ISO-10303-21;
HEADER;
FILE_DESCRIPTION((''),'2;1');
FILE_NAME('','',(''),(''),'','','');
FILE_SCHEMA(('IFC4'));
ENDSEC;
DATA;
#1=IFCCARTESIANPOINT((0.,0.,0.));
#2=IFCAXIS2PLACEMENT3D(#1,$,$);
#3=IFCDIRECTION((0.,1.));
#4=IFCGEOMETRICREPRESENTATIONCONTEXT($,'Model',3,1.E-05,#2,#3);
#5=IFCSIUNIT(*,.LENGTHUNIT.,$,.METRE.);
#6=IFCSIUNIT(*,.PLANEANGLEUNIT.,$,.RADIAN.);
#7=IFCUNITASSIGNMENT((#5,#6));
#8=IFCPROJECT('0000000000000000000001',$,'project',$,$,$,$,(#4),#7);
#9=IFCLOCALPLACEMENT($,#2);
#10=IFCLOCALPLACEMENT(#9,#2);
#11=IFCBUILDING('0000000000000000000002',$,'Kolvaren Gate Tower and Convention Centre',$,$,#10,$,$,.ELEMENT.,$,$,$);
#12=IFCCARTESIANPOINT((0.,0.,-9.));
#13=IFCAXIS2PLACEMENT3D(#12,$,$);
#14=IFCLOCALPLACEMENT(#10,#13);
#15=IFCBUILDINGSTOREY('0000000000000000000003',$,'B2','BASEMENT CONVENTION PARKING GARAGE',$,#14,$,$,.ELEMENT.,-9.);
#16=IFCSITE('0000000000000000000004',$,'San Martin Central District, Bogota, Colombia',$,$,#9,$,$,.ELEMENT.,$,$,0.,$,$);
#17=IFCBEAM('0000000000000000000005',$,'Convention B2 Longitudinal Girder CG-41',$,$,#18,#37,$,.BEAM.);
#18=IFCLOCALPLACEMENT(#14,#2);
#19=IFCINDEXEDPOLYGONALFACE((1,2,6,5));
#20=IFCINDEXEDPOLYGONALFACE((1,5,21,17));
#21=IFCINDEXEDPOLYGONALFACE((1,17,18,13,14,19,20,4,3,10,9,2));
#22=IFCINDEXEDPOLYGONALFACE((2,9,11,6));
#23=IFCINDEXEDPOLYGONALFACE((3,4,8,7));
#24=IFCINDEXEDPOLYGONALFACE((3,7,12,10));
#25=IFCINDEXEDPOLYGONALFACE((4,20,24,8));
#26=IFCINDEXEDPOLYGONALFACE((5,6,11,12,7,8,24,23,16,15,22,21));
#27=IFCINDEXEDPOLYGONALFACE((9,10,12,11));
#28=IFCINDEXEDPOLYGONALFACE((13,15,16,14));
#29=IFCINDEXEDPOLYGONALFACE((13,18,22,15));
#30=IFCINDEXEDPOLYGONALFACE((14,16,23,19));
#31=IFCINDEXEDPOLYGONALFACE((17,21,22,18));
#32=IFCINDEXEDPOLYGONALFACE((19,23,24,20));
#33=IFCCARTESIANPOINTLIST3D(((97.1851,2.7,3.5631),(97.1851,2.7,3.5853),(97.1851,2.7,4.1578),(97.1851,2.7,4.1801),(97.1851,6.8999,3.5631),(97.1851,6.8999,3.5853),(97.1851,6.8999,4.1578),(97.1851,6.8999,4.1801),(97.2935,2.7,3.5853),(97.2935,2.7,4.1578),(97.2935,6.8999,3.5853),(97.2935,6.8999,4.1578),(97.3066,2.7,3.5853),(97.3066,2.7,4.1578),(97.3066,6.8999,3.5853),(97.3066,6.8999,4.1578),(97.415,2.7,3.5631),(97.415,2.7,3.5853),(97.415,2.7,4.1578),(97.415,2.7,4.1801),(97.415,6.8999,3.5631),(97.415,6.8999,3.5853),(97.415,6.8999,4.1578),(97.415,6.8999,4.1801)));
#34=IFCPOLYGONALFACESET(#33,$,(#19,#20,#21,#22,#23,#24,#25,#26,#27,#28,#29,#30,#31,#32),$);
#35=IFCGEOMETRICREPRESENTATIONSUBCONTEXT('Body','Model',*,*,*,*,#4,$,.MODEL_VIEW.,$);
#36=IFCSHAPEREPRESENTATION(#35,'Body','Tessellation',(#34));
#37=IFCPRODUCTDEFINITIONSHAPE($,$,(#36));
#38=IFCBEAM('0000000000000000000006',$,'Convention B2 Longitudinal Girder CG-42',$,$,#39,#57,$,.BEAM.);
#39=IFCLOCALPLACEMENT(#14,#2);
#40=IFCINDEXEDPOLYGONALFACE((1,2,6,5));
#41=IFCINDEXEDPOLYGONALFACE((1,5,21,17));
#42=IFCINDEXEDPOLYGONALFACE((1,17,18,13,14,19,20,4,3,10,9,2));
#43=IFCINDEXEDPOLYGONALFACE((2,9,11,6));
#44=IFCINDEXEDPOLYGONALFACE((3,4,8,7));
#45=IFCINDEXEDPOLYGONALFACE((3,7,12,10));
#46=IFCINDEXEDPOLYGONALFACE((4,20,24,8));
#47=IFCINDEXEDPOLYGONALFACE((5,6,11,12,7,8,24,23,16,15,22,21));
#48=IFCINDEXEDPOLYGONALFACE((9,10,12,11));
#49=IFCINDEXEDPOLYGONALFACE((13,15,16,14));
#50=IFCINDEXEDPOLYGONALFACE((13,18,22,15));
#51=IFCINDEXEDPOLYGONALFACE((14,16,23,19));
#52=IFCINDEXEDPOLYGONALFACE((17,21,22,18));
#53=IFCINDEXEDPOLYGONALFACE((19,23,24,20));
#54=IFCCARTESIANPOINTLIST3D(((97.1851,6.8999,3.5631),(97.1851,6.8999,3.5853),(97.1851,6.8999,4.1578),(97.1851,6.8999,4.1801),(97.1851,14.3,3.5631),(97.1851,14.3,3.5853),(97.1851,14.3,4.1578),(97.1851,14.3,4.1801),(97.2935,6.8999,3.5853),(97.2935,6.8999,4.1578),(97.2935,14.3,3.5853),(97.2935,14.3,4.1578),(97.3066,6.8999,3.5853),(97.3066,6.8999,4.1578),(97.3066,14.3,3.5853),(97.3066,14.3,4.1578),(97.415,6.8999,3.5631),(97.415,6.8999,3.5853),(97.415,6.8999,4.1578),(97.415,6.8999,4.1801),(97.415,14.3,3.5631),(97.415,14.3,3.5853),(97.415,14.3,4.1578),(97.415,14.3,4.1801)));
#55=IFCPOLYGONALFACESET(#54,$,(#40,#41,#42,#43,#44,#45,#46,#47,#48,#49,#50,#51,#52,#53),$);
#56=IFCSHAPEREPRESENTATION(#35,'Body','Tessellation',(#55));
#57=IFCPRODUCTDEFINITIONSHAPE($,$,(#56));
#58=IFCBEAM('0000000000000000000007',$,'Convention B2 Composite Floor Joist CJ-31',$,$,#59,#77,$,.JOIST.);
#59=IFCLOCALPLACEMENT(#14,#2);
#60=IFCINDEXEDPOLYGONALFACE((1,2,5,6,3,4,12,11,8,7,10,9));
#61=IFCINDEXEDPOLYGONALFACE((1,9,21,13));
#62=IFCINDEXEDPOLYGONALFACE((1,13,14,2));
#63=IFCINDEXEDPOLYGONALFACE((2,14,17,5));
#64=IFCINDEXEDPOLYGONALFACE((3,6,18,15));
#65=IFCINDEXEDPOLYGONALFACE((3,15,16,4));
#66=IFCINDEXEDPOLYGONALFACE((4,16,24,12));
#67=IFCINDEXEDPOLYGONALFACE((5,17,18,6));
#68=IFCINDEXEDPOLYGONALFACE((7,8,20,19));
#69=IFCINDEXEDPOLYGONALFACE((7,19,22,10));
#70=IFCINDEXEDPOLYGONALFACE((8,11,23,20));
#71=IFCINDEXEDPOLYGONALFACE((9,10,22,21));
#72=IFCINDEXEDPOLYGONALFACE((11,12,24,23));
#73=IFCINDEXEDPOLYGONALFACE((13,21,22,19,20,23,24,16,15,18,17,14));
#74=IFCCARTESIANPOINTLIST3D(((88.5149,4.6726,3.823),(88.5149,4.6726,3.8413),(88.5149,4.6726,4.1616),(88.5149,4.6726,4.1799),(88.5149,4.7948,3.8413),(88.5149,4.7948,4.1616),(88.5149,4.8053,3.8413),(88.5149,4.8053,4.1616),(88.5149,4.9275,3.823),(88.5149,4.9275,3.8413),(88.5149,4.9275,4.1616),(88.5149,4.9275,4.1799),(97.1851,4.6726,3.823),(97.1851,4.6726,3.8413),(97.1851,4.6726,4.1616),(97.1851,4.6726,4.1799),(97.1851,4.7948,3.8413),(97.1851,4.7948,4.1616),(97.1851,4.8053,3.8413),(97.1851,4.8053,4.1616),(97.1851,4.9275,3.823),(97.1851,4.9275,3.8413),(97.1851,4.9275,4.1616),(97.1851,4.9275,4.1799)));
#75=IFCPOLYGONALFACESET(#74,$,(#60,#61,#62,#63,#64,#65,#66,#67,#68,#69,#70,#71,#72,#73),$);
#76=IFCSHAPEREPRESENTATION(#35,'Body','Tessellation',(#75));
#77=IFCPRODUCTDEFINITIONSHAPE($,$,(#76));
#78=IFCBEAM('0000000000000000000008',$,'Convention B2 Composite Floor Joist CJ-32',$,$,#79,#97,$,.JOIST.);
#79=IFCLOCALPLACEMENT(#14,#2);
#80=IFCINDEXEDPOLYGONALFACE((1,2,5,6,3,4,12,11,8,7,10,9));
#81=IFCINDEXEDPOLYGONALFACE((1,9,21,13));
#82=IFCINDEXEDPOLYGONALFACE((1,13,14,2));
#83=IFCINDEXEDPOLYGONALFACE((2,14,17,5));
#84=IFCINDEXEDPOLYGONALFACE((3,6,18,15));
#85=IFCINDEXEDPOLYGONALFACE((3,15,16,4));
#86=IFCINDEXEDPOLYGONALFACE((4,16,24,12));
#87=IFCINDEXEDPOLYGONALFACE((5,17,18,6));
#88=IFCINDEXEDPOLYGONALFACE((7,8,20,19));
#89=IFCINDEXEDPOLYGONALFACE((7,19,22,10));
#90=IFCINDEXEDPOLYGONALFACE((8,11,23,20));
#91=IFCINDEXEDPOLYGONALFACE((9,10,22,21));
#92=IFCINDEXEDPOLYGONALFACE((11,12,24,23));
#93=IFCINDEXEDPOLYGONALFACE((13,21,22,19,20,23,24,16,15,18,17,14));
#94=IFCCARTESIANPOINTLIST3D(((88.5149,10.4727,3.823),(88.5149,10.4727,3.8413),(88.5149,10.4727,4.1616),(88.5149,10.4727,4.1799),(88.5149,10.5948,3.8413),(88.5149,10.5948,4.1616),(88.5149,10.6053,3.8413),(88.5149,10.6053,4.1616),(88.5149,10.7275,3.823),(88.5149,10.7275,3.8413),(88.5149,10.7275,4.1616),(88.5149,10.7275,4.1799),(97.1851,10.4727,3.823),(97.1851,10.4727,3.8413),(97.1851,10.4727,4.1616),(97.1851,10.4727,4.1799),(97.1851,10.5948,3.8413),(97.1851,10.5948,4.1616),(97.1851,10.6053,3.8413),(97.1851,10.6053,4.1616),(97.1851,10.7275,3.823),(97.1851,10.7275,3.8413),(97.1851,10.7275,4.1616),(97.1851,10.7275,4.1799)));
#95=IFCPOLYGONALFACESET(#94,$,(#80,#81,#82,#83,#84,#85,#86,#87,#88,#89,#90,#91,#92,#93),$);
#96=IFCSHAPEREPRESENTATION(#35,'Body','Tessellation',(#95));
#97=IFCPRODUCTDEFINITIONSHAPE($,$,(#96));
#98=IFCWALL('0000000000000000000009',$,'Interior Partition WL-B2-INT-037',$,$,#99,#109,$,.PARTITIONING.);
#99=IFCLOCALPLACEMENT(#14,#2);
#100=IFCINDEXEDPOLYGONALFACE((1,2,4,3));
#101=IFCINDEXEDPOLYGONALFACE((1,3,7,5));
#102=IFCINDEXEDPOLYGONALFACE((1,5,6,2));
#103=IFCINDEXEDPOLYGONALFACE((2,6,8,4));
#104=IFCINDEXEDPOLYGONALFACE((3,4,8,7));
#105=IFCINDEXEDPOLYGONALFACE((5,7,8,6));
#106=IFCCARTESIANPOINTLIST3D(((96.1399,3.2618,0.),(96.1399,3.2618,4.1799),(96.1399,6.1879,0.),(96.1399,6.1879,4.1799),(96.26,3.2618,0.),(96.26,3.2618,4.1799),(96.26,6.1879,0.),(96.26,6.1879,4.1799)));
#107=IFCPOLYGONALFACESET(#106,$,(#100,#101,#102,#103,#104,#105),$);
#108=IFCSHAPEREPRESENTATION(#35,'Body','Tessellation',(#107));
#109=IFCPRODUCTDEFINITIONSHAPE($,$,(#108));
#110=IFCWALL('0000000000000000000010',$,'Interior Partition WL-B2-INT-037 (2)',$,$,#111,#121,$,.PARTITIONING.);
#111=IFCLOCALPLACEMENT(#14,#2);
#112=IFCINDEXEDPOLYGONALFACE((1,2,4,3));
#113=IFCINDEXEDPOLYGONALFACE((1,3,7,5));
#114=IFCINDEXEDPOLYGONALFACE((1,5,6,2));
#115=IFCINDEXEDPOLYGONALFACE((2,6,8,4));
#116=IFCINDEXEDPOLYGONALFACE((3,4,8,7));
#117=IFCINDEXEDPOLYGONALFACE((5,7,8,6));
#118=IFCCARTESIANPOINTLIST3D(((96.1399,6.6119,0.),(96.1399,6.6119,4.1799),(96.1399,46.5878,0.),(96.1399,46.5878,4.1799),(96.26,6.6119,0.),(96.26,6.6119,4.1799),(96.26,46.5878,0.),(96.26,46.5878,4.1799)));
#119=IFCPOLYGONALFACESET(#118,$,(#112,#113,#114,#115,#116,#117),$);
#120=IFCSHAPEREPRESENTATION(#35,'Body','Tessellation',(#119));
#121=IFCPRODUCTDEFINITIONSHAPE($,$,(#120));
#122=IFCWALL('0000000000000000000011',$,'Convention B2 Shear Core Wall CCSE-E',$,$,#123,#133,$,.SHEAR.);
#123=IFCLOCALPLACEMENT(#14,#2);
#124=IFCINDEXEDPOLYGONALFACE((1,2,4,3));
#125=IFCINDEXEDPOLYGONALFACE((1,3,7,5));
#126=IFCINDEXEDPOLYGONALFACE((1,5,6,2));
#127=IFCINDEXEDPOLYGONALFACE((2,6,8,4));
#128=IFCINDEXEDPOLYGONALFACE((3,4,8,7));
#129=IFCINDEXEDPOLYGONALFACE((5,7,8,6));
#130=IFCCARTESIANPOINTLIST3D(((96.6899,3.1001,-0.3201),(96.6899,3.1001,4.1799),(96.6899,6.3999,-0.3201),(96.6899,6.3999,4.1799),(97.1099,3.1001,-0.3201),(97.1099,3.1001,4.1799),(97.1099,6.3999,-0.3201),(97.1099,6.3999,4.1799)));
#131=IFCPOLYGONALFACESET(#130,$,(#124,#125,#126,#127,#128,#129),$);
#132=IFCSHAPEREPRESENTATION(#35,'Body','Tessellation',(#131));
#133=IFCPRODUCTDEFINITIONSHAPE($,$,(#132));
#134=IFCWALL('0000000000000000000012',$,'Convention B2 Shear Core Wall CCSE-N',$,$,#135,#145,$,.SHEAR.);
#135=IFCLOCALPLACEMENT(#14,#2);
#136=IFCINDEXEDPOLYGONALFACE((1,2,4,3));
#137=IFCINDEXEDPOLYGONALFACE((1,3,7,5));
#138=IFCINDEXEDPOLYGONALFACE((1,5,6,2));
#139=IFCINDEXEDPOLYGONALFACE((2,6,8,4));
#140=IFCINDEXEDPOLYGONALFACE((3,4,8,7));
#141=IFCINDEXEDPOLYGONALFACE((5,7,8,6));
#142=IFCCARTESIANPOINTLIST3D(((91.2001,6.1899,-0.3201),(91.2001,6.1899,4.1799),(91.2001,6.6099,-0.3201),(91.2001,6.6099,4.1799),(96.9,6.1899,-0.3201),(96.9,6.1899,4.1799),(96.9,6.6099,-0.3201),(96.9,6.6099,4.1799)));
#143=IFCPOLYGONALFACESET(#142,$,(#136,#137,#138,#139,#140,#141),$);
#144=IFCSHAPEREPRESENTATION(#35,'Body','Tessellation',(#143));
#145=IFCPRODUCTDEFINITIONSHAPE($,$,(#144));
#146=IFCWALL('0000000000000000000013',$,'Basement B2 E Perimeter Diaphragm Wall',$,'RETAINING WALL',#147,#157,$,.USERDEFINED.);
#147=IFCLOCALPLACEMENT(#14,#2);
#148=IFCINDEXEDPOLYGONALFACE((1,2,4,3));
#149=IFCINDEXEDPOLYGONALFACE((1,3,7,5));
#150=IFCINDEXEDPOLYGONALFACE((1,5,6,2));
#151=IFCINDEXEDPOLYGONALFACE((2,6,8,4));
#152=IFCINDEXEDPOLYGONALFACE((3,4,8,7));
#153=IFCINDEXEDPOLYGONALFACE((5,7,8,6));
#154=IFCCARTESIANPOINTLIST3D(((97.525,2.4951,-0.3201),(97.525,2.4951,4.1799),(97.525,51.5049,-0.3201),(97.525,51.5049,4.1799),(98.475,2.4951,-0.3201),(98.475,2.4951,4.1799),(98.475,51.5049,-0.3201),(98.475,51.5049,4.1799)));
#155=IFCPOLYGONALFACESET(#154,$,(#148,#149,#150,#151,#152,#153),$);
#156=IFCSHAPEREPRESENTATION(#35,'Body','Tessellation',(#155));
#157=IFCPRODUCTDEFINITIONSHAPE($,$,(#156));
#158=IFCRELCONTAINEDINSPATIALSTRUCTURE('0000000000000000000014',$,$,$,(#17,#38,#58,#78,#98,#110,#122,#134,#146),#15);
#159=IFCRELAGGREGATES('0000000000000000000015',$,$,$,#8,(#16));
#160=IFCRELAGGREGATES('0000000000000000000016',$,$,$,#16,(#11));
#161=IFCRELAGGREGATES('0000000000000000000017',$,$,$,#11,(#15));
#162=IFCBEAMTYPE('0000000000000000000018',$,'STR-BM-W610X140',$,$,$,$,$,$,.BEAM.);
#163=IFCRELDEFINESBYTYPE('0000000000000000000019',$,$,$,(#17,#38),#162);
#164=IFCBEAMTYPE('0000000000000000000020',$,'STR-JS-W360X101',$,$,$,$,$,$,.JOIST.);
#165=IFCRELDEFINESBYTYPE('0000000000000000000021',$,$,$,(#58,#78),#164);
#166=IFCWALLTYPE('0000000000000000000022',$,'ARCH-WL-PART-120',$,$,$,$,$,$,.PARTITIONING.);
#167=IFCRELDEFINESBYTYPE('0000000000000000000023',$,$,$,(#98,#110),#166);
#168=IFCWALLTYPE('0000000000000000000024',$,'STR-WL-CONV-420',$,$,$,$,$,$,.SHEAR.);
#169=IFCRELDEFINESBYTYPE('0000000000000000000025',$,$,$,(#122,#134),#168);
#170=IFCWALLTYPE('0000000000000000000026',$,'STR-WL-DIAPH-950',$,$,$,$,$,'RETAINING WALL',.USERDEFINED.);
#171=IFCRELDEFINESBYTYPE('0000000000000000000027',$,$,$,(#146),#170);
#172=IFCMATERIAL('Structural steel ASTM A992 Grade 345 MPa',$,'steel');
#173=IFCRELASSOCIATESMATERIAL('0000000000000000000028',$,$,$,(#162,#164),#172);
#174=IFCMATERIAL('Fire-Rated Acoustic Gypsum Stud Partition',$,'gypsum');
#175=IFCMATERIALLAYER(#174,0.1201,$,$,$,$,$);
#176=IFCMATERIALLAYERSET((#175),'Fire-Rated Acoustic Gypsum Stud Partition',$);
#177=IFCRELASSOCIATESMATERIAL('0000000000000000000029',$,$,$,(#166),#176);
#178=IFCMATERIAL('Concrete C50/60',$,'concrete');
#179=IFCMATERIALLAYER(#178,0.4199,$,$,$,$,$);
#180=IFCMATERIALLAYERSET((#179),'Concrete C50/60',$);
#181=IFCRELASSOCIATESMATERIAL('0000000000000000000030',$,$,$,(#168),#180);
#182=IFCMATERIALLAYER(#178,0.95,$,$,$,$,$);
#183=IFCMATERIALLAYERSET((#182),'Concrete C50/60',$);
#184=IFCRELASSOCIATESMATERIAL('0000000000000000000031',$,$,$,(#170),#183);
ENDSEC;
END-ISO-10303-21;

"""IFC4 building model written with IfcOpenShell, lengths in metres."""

from ifc_helpers import new_model, si_unit, direction, frame, frame_2d, origin, origin_2d, place, context, subcontext, project, spatial, rectangle, i_section, extrude, material, layer, layer_set, material_profile, profile_set, type_object, element, save


model = new_model("IFC4")

# Units and contexts
model_context = context("Model", 3, precision=1e-05, world=origin(), true_north=direction((0.0, 1.0)))
body_context = subcontext(model_context, "Body", "Model", "MODEL_VIEW")
ifc_project = project(units=[si_unit("LENGTHUNIT", "METRE"), si_unit("PLANEANGLEUNIT", "RADIAN")], contexts=[model_context])

# Site, building, storey
site_placement = place(None, origin())
site = spatial("IfcSite", under=ifc_project, at=site_placement, Name="San Martin Central District, Bogota, Colombia", CompositionType="ELEMENT", RefElevation=0.0)
building_placement = place(site_placement, origin())
building = spatial("IfcBuilding", under=site, at=building_placement, Name="Kolvaren Gate Tower and Convention Centre", CompositionType="ELEMENT")
storey_placement = place(building_placement, frame((0.0, 0.0, -9.0)))
storey = spatial("IfcBuildingStorey", under=building, at=storey_placement, Name="B2", Description="BASEMENT CONVENTION PARKING GARAGE", CompositionType="ELEMENT", Elevation=-9.0)

# Beams
ifc_material_1 = material(Name="Structural steel ASTM A992 Grade 345 MPa", Category="steel")
ifc_material_profile_1 = material_profile(ifc_material_1, i_section(OverallWidth=0.23, OverallDepth=0.6169, WebThickness=0.0132, FlangeThickness=0.0222, at=origin_2d()), Name="W610X140")
ifc_profile_set_1 = profile_set([ifc_material_profile_1], Name="Structural steel ASTM A992 Grade 345 MPa")
beam_type_1 = type_object("IfcBeamType", Name="STR-BM-W610X140", PredefinedType="BEAM", material=ifc_profile_set_1)
beam_1_placement = place(storey_placement, frame((97.3, 2.7, 3.8716), z_axis=(0.0, 1.0, 0.0), x_axis=(-1.0, 0.0, 0.0)))
element("IfcBeam", 1, at=beam_1_placement, inside=storey, type_object=beam_type_1, Name="Convention B2 Longitudinal Girder CG-41", PredefinedType="BEAM", context=body_context, shape_type="SweptSolid", body=[
    extrude(i_section(OverallWidth=0.23, OverallDepth=0.6169, WebThickness=0.0132, FlangeThickness=0.0222, at=origin_2d()), origin(), (0.0, 0.0, 1.0), 4.2),
])
beam_2_placement = place(storey_placement, frame((97.3, 6.8999, 3.8716), z_axis=(0.0, 1.0, 0.0), x_axis=(-1.0, 0.0, 0.0)))
element("IfcBeam", 2, at=beam_2_placement, inside=storey, type_object=beam_type_1, Name="Convention B2 Longitudinal Girder CG-42", PredefinedType="BEAM", context=body_context, shape_type="SweptSolid", body=[
    extrude(i_section(OverallWidth=0.23, OverallDepth=0.6169, WebThickness=0.0132, FlangeThickness=0.0222, at=origin_2d()), origin(), (0.0, 0.0, 1.0), 7.4001),
])
ifc_material_profile_2 = material_profile(ifc_material_1, i_section(OverallWidth=0.2549, OverallDepth=0.3569, WebThickness=0.0105, FlangeThickness=0.0183, at=origin_2d()), Name="W360X101")
ifc_profile_set_2 = profile_set([ifc_material_profile_2], Name="Structural steel ASTM A992 Grade 345 MPa")
beam_type_2 = type_object("IfcBeamType", Name="STR-JS-W360X101", PredefinedType="JOIST", material=ifc_profile_set_2)
for number, where, z_axis, x_axis, name in (
    (3, (88.5149, 4.8, 4.0015), (1.0, 0.0, 0.0), (0.0, 1.0, 0.0), "Convention B2 Composite Floor Joist CJ-31"),
    (4, (88.5149, 10.6001, 4.0015), (1.0, 0.0, 0.0), (0.0, 1.0, 0.0), "Convention B2 Composite Floor Joist CJ-32"),
):
    element("IfcBeam", number, at=place(storey_placement, frame(where, z_axis=z_axis, x_axis=x_axis)), inside=storey, type_object=beam_type_2, Name=name, PredefinedType="JOIST", context=body_context, shape_type="SweptSolid", body=[
        extrude(i_section(OverallWidth=0.2549, OverallDepth=0.3569, WebThickness=0.0105, FlangeThickness=0.0183, at=origin_2d()), origin(), (0.0, 0.0, 1.0), 8.6702),
    ])

# Walls
ifc_material_2 = material(Name="Fire-Rated Acoustic Gypsum Stud Partition", Category="gypsum")
ifc_layer_1 = layer(ifc_material_2, 0.1201)
ifc_layer_set_1 = layer_set([ifc_layer_1], Name="Fire-Rated Acoustic Gypsum Stud Partition")
wall_type_1 = type_object("IfcWallType", Name="ARCH-WL-PART-120", PredefinedType="PARTITIONING", material=ifc_layer_set_1)
wall_1_placement = place(storey_placement, frame((96.2, 3.262, 0.0), z_axis=(0.0, 0.0, 1.0), x_axis=(0.0, 1.0, 0.0)))
element("IfcWall", 5, at=wall_1_placement, inside=storey, type_object=wall_type_1, Name="Interior Partition WL-B2-INT-037", PredefinedType="PARTITIONING", context=body_context, shape_type="SweptSolid", body=[
    extrude(rectangle(XDim=2.926, YDim=0.1201, at=frame_2d((1.4629, 0.0))), origin(), (0.0, 0.0, 1.0), 4.1799),
])
wall_2_placement = place(storey_placement, frame((96.2, 6.6121, 0.0), z_axis=(0.0, 0.0, 1.0), x_axis=(0.0, 1.0, 0.0)))
element("IfcWall", 6, at=wall_2_placement, inside=storey, type_object=wall_type_1, Name="Interior Partition WL-B2-INT-037 (2)", PredefinedType="PARTITIONING", context=body_context, shape_type="SweptSolid", body=[
    extrude(rectangle(XDim=39.9758, YDim=0.1201, at=frame_2d((19.9878, 0.0))), origin(), (0.0, 0.0, 1.0), 4.1799),
])
ifc_material_3 = material(Name="Concrete C50/60", Category="concrete")
ifc_layer_2 = layer(ifc_material_3, 0.4199)
ifc_layer_set_2 = layer_set([ifc_layer_2], Name="Concrete C50/60")
wall_type_2 = type_object("IfcWallType", Name="STR-WL-CONV-420", PredefinedType="SHEAR", material=ifc_layer_set_2)
wall_3_placement = place(storey_placement, frame((96.8999, 3.1001, -0.3201), z_axis=(0.0, 0.0, 1.0), x_axis=(0.0, 1.0, 0.0)))
element("IfcWall", 7, at=wall_3_placement, inside=storey, type_object=wall_type_2, Name="Convention B2 Shear Core Wall CCSE-E", PredefinedType="SHEAR", context=body_context, shape_type="SweptSolid", body=[
    extrude(rectangle(XDim=3.2998, YDim=0.4199, at=frame_2d((1.6499, 0.0))), origin(), (0.0, 0.0, 1.0), 4.5),
])
wall_4_placement = place(storey_placement, frame((91.2, 6.3999, -0.3201), z_axis=(0.0, 0.0, 1.0), x_axis=(1.0, 0.0, 0.0)))
element("IfcWall", 8, at=wall_4_placement, inside=storey, type_object=wall_type_2, Name="Convention B2 Shear Core Wall CCSE-N", PredefinedType="SHEAR", context=body_context, shape_type="SweptSolid", body=[
    extrude(rectangle(XDim=5.7, YDim=0.4199, at=frame_2d((2.8501, 0.0))), origin(), (0.0, 0.0, 1.0), 4.5),
])
ifc_layer_3 = layer(ifc_material_3, 0.95)
ifc_layer_set_3 = layer_set([ifc_layer_3], Name="Concrete C50/60")
wall_type_3 = type_object("IfcWallType", Name="STR-WL-DIAPH-950", ElementType="RETAINING WALL", PredefinedType="USERDEFINED", material=ifc_layer_set_3)
wall_5_placement = place(storey_placement, frame((98.0, 2.4951, -0.3201), z_axis=(0.0, 0.0, 1.0), x_axis=(0.0, 1.0, 0.0)))
element("IfcWall", 9, at=wall_5_placement, inside=storey, type_object=wall_type_3, Name="Basement B2 E Perimeter Diaphragm Wall", ObjectType="RETAINING WALL", PredefinedType="USERDEFINED", context=body_context, shape_type="SweptSolid", body=[
    extrude(rectangle(XDim=49.0098, YDim=0.95, at=frame_2d((24.5049, 0.0))), origin(), (0.0, 0.0, 1.0), 4.5),
])

save(model, "model.ifc")
